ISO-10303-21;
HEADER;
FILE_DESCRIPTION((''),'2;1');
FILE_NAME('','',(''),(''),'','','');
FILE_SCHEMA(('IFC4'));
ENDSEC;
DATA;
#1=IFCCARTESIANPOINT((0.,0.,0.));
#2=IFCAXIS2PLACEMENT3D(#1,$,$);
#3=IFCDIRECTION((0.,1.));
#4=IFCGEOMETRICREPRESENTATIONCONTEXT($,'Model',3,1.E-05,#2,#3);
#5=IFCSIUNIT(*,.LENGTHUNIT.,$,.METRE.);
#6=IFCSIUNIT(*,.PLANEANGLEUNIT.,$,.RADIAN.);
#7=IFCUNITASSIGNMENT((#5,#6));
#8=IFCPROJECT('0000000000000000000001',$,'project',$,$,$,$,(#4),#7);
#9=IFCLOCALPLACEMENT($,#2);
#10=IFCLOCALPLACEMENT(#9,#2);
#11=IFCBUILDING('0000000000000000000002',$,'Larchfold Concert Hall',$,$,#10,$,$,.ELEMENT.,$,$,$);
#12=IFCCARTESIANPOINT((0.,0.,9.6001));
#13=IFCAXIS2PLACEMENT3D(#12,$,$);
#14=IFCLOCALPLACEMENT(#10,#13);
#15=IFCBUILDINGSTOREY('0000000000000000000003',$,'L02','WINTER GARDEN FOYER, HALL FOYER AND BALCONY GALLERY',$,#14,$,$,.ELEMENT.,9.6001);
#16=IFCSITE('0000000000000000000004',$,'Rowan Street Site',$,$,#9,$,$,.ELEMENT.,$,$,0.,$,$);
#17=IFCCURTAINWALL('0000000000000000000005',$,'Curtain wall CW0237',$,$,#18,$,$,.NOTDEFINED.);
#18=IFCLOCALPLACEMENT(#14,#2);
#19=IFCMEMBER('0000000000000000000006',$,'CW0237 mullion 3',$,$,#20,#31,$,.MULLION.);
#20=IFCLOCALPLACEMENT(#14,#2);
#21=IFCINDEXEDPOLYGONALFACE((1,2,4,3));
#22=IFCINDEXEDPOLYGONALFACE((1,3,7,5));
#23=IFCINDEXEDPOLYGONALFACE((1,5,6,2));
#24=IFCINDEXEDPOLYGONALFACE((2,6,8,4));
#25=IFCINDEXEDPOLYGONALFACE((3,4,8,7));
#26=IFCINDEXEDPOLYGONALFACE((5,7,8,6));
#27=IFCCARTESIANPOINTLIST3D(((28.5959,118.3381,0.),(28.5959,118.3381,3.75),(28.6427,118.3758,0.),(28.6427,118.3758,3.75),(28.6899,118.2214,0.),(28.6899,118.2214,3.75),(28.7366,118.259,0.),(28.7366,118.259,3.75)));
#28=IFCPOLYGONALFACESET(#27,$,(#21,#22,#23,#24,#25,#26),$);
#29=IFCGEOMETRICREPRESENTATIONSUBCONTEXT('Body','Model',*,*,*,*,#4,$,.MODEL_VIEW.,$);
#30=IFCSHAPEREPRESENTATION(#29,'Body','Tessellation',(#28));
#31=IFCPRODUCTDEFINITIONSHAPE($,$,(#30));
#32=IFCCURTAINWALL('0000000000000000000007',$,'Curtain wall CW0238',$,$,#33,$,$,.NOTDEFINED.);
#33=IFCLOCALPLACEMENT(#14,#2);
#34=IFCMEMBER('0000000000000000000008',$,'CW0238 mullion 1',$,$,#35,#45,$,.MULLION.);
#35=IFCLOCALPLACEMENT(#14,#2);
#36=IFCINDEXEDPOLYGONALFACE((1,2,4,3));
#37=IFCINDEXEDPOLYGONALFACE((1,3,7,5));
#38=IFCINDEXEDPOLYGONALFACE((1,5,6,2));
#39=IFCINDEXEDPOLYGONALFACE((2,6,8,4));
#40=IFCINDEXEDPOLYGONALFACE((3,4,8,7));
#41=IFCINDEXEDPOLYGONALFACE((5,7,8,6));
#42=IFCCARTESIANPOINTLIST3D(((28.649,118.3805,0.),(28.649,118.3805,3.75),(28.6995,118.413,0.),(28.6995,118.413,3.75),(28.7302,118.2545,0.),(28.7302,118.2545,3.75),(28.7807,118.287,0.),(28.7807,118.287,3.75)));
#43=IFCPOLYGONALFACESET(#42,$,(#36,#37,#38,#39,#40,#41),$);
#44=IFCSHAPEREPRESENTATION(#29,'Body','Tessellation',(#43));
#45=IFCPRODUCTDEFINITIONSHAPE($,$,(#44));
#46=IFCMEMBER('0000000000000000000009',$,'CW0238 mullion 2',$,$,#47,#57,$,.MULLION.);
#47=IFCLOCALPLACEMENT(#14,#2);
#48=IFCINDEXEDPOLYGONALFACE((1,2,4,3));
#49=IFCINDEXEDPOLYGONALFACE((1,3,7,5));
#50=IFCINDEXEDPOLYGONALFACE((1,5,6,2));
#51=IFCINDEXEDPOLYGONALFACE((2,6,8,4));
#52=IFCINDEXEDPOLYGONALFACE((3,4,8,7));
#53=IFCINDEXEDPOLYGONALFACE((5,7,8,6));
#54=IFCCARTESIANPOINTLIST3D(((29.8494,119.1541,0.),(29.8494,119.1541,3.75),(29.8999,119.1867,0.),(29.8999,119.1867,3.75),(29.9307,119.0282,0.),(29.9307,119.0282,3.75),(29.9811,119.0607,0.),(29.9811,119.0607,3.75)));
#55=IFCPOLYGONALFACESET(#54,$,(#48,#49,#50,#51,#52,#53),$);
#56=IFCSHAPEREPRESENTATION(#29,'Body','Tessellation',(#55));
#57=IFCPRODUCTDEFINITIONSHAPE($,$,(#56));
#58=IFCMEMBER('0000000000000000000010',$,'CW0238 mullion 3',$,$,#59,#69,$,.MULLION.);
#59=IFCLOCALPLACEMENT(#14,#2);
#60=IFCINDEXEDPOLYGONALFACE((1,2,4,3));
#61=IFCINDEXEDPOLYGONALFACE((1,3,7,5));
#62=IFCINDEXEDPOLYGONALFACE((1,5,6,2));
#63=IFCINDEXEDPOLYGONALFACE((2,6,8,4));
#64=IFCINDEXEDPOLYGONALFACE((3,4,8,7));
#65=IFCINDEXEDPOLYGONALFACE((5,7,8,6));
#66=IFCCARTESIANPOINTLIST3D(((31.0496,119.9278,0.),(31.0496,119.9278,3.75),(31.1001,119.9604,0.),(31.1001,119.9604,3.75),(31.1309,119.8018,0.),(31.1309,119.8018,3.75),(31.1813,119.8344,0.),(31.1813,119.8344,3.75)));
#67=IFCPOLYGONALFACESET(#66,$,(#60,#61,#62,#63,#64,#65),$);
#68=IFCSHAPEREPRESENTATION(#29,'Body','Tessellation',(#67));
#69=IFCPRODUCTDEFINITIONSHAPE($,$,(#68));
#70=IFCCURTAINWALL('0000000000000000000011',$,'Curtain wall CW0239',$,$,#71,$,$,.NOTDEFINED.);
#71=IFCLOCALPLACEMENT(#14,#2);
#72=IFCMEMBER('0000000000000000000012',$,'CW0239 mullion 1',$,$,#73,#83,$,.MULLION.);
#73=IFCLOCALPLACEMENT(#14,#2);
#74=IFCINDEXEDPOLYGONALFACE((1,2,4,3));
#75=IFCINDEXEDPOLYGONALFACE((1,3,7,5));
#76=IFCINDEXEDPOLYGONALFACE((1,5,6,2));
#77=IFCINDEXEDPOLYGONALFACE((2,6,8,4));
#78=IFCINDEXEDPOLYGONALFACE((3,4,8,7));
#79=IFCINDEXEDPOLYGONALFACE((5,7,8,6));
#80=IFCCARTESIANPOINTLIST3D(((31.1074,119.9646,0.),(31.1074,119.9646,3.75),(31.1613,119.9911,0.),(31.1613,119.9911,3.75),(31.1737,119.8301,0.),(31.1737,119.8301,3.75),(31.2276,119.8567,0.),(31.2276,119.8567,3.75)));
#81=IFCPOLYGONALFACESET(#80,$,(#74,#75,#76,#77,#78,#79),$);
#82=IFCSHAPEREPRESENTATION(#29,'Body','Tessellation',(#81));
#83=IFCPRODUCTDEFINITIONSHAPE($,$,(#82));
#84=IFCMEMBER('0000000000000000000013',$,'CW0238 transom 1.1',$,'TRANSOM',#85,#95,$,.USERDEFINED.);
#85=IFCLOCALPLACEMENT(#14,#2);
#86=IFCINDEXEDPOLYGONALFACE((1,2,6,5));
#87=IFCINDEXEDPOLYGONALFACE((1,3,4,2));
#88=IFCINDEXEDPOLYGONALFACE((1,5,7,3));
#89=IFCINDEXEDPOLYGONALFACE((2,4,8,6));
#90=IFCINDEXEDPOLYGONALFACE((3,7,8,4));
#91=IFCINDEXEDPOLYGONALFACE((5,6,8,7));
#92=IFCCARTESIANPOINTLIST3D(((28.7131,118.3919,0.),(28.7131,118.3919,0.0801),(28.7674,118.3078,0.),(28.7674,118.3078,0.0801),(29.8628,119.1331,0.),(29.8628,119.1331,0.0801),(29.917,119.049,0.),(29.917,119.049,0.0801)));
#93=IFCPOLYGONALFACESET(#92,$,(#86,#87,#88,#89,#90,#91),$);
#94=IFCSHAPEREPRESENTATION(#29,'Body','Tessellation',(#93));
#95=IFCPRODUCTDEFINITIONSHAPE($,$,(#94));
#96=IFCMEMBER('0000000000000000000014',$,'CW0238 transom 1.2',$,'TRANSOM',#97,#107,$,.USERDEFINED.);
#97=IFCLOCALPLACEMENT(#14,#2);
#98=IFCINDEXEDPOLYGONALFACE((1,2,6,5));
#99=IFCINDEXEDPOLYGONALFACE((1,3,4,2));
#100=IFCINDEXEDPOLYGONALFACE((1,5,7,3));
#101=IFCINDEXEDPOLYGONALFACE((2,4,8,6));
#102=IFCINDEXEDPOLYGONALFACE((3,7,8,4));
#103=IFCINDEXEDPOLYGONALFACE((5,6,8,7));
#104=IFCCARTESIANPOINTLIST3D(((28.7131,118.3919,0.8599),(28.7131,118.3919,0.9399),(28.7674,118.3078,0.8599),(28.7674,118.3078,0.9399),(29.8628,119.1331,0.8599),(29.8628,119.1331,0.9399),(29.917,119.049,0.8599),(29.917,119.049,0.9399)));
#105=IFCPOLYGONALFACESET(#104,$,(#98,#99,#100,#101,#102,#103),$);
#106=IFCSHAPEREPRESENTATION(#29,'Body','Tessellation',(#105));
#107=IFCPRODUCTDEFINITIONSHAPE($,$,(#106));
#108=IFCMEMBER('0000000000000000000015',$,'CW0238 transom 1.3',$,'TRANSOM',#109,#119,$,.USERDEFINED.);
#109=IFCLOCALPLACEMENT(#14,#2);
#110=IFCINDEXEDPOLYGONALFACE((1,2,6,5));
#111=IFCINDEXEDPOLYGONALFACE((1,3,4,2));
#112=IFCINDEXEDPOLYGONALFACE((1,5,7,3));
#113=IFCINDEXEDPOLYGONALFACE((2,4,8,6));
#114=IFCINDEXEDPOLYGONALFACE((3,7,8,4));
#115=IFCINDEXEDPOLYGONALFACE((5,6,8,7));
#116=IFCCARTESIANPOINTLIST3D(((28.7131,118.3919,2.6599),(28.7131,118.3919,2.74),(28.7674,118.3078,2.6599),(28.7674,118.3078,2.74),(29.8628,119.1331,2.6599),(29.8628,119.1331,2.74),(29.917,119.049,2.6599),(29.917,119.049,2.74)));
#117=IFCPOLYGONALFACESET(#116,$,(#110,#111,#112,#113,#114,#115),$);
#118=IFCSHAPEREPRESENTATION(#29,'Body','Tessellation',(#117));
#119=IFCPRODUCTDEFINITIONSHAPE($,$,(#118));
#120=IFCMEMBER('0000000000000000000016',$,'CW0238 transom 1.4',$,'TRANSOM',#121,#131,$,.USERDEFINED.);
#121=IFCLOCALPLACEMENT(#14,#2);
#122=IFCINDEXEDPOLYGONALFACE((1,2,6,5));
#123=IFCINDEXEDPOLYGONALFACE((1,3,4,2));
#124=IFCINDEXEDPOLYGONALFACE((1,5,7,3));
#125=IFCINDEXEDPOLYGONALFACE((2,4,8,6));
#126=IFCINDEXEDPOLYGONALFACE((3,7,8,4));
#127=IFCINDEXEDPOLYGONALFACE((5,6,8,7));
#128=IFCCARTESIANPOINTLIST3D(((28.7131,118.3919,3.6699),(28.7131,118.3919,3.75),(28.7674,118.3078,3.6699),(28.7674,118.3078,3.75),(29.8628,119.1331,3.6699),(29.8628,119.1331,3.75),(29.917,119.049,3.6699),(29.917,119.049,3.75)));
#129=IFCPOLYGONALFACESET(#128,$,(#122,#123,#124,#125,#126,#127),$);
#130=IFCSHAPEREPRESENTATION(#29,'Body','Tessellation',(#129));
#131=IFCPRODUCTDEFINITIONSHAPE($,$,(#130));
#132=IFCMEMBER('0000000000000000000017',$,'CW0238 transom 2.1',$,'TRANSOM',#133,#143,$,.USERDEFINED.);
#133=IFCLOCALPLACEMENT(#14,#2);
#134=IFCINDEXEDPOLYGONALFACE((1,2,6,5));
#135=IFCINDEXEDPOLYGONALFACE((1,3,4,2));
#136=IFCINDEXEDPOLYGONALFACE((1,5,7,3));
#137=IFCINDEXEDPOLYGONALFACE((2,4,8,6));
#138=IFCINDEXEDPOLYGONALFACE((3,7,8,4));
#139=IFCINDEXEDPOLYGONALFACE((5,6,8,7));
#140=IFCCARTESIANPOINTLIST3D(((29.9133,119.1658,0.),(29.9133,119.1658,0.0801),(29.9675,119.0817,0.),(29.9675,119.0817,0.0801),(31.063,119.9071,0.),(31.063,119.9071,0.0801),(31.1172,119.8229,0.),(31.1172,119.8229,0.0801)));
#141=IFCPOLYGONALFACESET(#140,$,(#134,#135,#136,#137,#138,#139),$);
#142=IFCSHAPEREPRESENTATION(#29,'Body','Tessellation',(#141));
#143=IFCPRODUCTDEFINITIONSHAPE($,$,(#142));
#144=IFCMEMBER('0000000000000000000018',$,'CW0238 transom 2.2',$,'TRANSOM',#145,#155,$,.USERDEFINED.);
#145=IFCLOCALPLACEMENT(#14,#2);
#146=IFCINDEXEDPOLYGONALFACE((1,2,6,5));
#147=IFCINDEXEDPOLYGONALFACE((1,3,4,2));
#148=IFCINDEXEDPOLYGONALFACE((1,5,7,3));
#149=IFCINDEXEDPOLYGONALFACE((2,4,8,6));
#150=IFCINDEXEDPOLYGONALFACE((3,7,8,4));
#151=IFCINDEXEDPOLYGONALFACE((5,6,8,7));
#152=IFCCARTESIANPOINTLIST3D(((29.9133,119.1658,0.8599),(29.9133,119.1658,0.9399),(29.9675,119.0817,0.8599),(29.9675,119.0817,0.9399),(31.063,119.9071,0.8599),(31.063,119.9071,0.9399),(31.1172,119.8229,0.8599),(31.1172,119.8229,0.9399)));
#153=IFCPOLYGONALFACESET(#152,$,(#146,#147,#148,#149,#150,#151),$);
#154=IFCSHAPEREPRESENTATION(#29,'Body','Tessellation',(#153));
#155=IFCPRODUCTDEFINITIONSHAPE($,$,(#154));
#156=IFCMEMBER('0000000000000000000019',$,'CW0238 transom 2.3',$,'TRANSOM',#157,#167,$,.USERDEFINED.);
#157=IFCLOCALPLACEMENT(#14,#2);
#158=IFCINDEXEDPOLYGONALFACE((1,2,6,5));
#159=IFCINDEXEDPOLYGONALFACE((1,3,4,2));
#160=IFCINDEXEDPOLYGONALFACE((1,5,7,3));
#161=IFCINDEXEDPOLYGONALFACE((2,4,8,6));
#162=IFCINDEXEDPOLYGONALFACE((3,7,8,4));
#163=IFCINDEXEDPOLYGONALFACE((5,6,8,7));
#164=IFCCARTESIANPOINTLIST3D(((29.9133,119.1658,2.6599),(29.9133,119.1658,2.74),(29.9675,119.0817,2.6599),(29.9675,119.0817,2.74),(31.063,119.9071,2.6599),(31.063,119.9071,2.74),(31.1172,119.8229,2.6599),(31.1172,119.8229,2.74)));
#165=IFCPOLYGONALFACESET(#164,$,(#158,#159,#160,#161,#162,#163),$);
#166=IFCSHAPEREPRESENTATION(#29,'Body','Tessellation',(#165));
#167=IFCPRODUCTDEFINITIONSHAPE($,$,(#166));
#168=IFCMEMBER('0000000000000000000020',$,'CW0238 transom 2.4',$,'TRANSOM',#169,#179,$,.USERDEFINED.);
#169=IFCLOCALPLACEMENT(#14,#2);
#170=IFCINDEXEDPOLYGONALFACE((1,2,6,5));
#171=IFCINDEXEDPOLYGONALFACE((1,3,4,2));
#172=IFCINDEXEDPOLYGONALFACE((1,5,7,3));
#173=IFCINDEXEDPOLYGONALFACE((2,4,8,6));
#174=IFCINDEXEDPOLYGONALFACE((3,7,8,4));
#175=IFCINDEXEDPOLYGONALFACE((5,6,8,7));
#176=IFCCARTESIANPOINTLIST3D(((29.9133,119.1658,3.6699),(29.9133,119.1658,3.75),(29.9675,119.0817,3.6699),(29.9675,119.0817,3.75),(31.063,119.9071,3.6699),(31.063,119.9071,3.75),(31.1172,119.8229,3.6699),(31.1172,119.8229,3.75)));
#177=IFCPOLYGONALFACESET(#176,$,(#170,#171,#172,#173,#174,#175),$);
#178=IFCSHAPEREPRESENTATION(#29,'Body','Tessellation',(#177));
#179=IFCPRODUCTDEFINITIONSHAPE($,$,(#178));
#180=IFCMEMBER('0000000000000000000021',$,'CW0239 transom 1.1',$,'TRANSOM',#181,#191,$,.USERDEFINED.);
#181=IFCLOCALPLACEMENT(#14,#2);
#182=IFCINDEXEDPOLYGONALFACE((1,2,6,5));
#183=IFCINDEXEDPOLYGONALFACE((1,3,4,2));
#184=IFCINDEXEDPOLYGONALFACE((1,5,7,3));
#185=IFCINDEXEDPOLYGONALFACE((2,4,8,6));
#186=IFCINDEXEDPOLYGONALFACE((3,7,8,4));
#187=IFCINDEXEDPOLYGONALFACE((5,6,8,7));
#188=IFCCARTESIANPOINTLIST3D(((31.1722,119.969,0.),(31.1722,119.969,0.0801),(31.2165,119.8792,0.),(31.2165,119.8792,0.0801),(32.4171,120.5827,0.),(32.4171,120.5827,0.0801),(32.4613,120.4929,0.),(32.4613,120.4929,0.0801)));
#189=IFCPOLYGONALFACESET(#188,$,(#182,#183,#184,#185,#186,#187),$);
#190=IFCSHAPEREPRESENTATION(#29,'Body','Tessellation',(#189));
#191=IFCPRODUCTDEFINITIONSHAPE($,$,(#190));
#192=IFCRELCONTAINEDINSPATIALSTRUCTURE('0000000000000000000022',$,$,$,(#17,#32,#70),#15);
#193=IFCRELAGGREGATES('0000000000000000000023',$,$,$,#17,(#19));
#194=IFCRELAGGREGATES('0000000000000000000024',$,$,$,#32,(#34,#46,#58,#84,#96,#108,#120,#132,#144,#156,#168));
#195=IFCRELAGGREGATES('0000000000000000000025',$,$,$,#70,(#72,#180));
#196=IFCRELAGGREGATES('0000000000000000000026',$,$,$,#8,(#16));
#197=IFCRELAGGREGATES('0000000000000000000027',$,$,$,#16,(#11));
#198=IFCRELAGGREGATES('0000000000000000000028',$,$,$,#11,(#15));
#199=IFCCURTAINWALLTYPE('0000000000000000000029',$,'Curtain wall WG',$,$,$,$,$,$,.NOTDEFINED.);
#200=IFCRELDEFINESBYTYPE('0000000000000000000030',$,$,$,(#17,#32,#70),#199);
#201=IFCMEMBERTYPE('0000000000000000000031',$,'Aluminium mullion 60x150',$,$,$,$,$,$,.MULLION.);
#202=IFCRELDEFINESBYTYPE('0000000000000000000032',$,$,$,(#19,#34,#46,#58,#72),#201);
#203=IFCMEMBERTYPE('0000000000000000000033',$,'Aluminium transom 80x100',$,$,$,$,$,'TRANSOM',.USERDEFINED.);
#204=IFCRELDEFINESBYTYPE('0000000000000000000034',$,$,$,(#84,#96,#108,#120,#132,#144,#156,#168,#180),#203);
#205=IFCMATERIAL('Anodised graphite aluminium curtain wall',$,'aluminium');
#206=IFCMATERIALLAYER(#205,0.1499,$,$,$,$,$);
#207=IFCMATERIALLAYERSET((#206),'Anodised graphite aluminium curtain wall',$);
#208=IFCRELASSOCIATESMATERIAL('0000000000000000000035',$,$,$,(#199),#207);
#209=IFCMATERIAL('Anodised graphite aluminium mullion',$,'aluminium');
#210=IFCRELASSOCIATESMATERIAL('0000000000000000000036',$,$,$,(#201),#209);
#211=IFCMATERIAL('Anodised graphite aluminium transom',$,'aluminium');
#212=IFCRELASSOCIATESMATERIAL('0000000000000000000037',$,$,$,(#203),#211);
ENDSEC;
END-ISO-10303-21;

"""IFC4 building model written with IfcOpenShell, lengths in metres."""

from ifc_helpers import new_model, si_unit, direction, frame, origin, origin_2d, place, context, subcontext, project, spatial, rectangle, extrude, material, layer, layer_set, material_profile, profile_set, type_object, element, aggregate, save


model = new_model("IFC4")

# Units and contexts
model_context = context("Model", 3, precision=1e-05, world=origin(), true_north=direction((0.0, 1.0)))
body_context = subcontext(model_context, "Body", "Model", "MODEL_VIEW")
ifc_project = project(units=[si_unit("LENGTHUNIT", "METRE"), si_unit("PLANEANGLEUNIT", "RADIAN")], contexts=[model_context])

# Site, building, storey
site_placement = place(None, origin())
site = spatial("IfcSite", under=ifc_project, at=site_placement, Name="Rowan Street Site", CompositionType="ELEMENT", RefElevation=0.0)
building_placement = place(site_placement, origin())
building = spatial("IfcBuilding", under=site, at=building_placement, Name="Larchfold Concert Hall", CompositionType="ELEMENT")
storey_placement = place(building_placement, frame((0.0, 0.0, 9.6001)))
storey = spatial("IfcBuildingStorey", under=building, at=storey_placement, Name="L02", Description="WINTER GARDEN FOYER, HALL FOYER AND BALCONY GALLERY", CompositionType="ELEMENT", Elevation=9.6001)

# Curtain wall, member
ifc_material_1 = material(Name="Anodised graphite aluminium curtain wall", Category="aluminium")
ifc_layer_1 = layer(ifc_material_1, 0.1499)
ifc_layer_set_1 = layer_set([ifc_layer_1], Name="Anodised graphite aluminium curtain wall")
curtain_wall_type = type_object("IfcCurtainWallType", Name="Curtain wall WG", PredefinedType="NOTDEFINED", material=ifc_layer_set_1)
curtain_wall_1_placement = place(storey_placement, origin())
curtain_wall_1 = element("IfcCurtainWall", 1, at=curtain_wall_1_placement, inside=storey, type_object=curtain_wall_type, Name="Curtain wall CW0237", PredefinedType="NOTDEFINED")
ifc_material_2 = material(Name="Anodised graphite aluminium mullion", Category="aluminium")
ifc_material_profile_1 = material_profile(ifc_material_2, rectangle(XDim=0.1499, YDim=0.0601, at=origin_2d()))
ifc_profile_set_1 = profile_set([ifc_material_profile_1], Name="Anodised graphite aluminium mullion")
member_type_1 = type_object("IfcMemberType", Name="Aluminium mullion 60x150", PredefinedType="MULLION", material=ifc_profile_set_1)
member_1_placement = place(storey_placement, frame((28.6663, 118.2986, 0.0), z_axis=(0.0, 0.0, 1.0), x_axis=(-0.626971, 0.779043, 0.0)))
member_1 = element("IfcMember", 2, at=member_1_placement, type_object=member_type_1, Name="CW0237 mullion 3", PredefinedType="MULLION", context=body_context, shape_type="SweptSolid", body=[
    extrude(rectangle(XDim=0.1499, YDim=0.0601, at=origin_2d()), origin(), (0.0, 0.0, 1.0), 3.75),
])

# Curtain wall, members
curtain_wall_2_placement = place(storey_placement, origin())
curtain_wall_2 = element("IfcCurtainWall", 3, at=curtain_wall_2_placement, inside=storey, type_object=curtain_wall_type, Name="Curtain wall CW0238", PredefinedType="NOTDEFINED")
member_2_placement = place(storey_placement, frame((28.7148, 118.3337, 0.0), z_axis=(0.0, 0.0, 1.0), x_axis=(-0.541845, 0.840479, 0.0)))
member_2 = element("IfcMember", 4, at=member_2_placement, type_object=member_type_1, Name="CW0238 mullion 1", PredefinedType="MULLION", context=body_context, shape_type="SweptSolid", body=[
    extrude(rectangle(XDim=0.1499, YDim=0.0601, at=origin_2d()), origin(), (0.0, 0.0, 1.0), 3.75),
])
member_3_placement = place(storey_placement, frame((29.9153, 119.1074, 0.0), z_axis=(0.0, 0.0, 1.0), x_axis=(-0.541845, 0.840479, 0.0)))
member_3 = element("IfcMember", 5, at=member_3_placement, type_object=member_type_1, Name="CW0238 mullion 2", PredefinedType="MULLION", context=body_context, shape_type="SweptSolid", body=[
    extrude(rectangle(XDim=0.1499, YDim=0.0601, at=origin_2d()), origin(), (0.0, 0.0, 1.0), 3.75),
])
member_4_placement = place(storey_placement, frame((31.1155, 119.8811, 0.0), z_axis=(0.0, 0.0, 1.0), x_axis=(-0.541845, 0.840479, 0.0)))
member_4 = element("IfcMember", 6, at=member_4_placement, type_object=member_type_1, Name="CW0238 mullion 3", PredefinedType="MULLION", context=body_context, shape_type="SweptSolid", body=[
    extrude(rectangle(XDim=0.1499, YDim=0.0601, at=origin_2d()), origin(), (0.0, 0.0, 1.0), 3.75),
])

# Curtain wall, member
curtain_wall_3_placement = place(storey_placement, origin())
curtain_wall_3 = element("IfcCurtainWall", 7, at=curtain_wall_3_placement, inside=storey, type_object=curtain_wall_type, Name="Curtain wall CW0239", PredefinedType="NOTDEFINED")
member_5_placement = place(storey_placement, frame((31.1675, 119.9106, 0.0), z_axis=(0.0, 0.0, 1.0), x_axis=(-0.442317, 0.896859, 0.0)))
member_5 = element("IfcMember", 8, at=member_5_placement, type_object=member_type_1, Name="CW0239 mullion 1", PredefinedType="MULLION", context=body_context, shape_type="SweptSolid", body=[
    extrude(rectangle(XDim=0.1499, YDim=0.0601, at=origin_2d()), origin(), (0.0, 0.0, 1.0), 3.75),
])

# Members
ifc_material_3 = material(Name="Anodised graphite aluminium transom", Category="aluminium")
ifc_material_profile_2 = material_profile(ifc_material_3, rectangle(XDim=0.1001, YDim=0.0801, at=origin_2d()))
ifc_profile_set_2 = profile_set([ifc_material_profile_2], Name="Anodised graphite aluminium transom")
member_type_2 = type_object("IfcMemberType", Name="Aluminium transom 80x100", ElementType="TRANSOM", PredefinedType="USERDEFINED", material=ifc_profile_set_2)
member_6_placement = place(storey_placement, frame((28.7402, 118.3499, 0.04), z_axis=(0.840464, 0.541867, 0.0), x_axis=(-0.541867, 0.840464, 0.0)))
member_6 = element("IfcMember", 9, at=member_6_placement, type_object=member_type_2, Name="CW0238 transom 1.1", ObjectType="TRANSOM", PredefinedType="USERDEFINED", context=body_context, shape_type="SweptSolid", body=[
    extrude(rectangle(XDim=0.1001, YDim=0.0801, at=origin_2d()), origin(), (0.0, 0.0, 1.0), 1.3679),
])
member_7_placement = place(storey_placement, frame((28.7402, 118.3499, 0.8999), z_axis=(0.840464, 0.541867, 0.0), x_axis=(-0.541867, 0.840464, 0.0)))
member_7 = element("IfcMember", 10, at=member_7_placement, type_object=member_type_2, Name="CW0238 transom 1.2", ObjectType="TRANSOM", PredefinedType="USERDEFINED", context=body_context, shape_type="SweptSolid", body=[
    extrude(rectangle(XDim=0.1001, YDim=0.0801, at=origin_2d()), origin(), (0.0, 0.0, 1.0), 1.3679),
])
member_8_placement = place(storey_placement, frame((28.7402, 118.3499, 2.7), z_axis=(0.840464, 0.541867, 0.0), x_axis=(-0.541867, 0.840464, 0.0)))
member_8 = element("IfcMember", 11, at=member_8_placement, type_object=member_type_2, Name="CW0238 transom 1.3", ObjectType="TRANSOM", PredefinedType="USERDEFINED", context=body_context, shape_type="SweptSolid", body=[
    extrude(rectangle(XDim=0.1001, YDim=0.0801, at=origin_2d()), origin(), (0.0, 0.0, 1.0), 1.3679),
])
member_9_placement = place(storey_placement, frame((28.7402, 118.3499, 3.71), z_axis=(0.840464, 0.541867, 0.0), x_axis=(-0.541867, 0.840464, 0.0)))
member_9 = element("IfcMember", 12, at=member_9_placement, type_object=member_type_2, Name="CW0238 transom 1.4", ObjectType="TRANSOM", PredefinedType="USERDEFINED", context=body_context, shape_type="SweptSolid", body=[
    extrude(rectangle(XDim=0.1001, YDim=0.0801, at=origin_2d()), origin(), (0.0, 0.0, 1.0), 1.3679),
])
member_10_placement = place(storey_placement, frame((29.9404, 119.1238, 0.04), z_axis=(0.840464, 0.541867, 0.0), x_axis=(-0.541867, 0.840464, 0.0)))
member_10 = element("IfcMember", 13, at=member_10_placement, type_object=member_type_2, Name="CW0238 transom 2.1", ObjectType="TRANSOM", PredefinedType="USERDEFINED", context=body_context, shape_type="SweptSolid", body=[
    extrude(rectangle(XDim=0.1001, YDim=0.0801, at=origin_2d()), origin(), (0.0, 0.0, 1.0), 1.3679),
])
member_11_placement = place(storey_placement, frame((29.9404, 119.1238, 0.8999), z_axis=(0.840464, 0.541867, 0.0), x_axis=(-0.541867, 0.840464, 0.0)))
member_11 = element("IfcMember", 14, at=member_11_placement, type_object=member_type_2, Name="CW0238 transom 2.2", ObjectType="TRANSOM", PredefinedType="USERDEFINED", context=body_context, shape_type="SweptSolid", body=[
    extrude(rectangle(XDim=0.1001, YDim=0.0801, at=origin_2d()), origin(), (0.0, 0.0, 1.0), 1.3679),
])
member_12_placement = place(storey_placement, frame((29.9404, 119.1238, 2.7), z_axis=(0.840464, 0.541867, 0.0), x_axis=(-0.541867, 0.840464, 0.0)))
member_12 = element("IfcMember", 15, at=member_12_placement, type_object=member_type_2, Name="CW0238 transom 2.3", ObjectType="TRANSOM", PredefinedType="USERDEFINED", context=body_context, shape_type="SweptSolid", body=[
    extrude(rectangle(XDim=0.1001, YDim=0.0801, at=origin_2d()), origin(), (0.0, 0.0, 1.0), 1.3679),
])
member_13_placement = place(storey_placement, frame((29.9404, 119.1238, 3.71), z_axis=(0.840464, 0.541867, 0.0), x_axis=(-0.541867, 0.840464, 0.0)))
member_13 = element("IfcMember", 16, at=member_13_placement, type_object=member_type_2, Name="CW0238 transom 2.4", ObjectType="TRANSOM", PredefinedType="USERDEFINED", context=body_context, shape_type="SweptSolid", body=[
    extrude(rectangle(XDim=0.1001, YDim=0.0801, at=origin_2d()), origin(), (0.0, 0.0, 1.0), 1.3679),
])
member_14_placement = place(storey_placement, frame((31.1943, 119.9241, 0.04), z_axis=(0.896911, 0.442211, 0.0), x_axis=(-0.442211, 0.896911, 0.0)))
member_14 = element("IfcMember", 17, at=member_14_placement, type_object=member_type_2, Name="CW0239 transom 1.1", ObjectType="TRANSOM", PredefinedType="USERDEFINED", context=body_context, shape_type="SweptSolid", body=[
    extrude(rectangle(XDim=0.1001, YDim=0.0801, at=origin_2d()), origin(), (0.0, 0.0, 1.0), 1.3879),
])

aggregate(curtain_wall_1, [member_1])
aggregate(curtain_wall_2, [member_2, member_3, member_4, member_6, member_7, member_8, member_9, member_10, member_11, member_12, member_13])
aggregate(curtain_wall_3, [member_5, member_14])

save(model, "model.ifc")
